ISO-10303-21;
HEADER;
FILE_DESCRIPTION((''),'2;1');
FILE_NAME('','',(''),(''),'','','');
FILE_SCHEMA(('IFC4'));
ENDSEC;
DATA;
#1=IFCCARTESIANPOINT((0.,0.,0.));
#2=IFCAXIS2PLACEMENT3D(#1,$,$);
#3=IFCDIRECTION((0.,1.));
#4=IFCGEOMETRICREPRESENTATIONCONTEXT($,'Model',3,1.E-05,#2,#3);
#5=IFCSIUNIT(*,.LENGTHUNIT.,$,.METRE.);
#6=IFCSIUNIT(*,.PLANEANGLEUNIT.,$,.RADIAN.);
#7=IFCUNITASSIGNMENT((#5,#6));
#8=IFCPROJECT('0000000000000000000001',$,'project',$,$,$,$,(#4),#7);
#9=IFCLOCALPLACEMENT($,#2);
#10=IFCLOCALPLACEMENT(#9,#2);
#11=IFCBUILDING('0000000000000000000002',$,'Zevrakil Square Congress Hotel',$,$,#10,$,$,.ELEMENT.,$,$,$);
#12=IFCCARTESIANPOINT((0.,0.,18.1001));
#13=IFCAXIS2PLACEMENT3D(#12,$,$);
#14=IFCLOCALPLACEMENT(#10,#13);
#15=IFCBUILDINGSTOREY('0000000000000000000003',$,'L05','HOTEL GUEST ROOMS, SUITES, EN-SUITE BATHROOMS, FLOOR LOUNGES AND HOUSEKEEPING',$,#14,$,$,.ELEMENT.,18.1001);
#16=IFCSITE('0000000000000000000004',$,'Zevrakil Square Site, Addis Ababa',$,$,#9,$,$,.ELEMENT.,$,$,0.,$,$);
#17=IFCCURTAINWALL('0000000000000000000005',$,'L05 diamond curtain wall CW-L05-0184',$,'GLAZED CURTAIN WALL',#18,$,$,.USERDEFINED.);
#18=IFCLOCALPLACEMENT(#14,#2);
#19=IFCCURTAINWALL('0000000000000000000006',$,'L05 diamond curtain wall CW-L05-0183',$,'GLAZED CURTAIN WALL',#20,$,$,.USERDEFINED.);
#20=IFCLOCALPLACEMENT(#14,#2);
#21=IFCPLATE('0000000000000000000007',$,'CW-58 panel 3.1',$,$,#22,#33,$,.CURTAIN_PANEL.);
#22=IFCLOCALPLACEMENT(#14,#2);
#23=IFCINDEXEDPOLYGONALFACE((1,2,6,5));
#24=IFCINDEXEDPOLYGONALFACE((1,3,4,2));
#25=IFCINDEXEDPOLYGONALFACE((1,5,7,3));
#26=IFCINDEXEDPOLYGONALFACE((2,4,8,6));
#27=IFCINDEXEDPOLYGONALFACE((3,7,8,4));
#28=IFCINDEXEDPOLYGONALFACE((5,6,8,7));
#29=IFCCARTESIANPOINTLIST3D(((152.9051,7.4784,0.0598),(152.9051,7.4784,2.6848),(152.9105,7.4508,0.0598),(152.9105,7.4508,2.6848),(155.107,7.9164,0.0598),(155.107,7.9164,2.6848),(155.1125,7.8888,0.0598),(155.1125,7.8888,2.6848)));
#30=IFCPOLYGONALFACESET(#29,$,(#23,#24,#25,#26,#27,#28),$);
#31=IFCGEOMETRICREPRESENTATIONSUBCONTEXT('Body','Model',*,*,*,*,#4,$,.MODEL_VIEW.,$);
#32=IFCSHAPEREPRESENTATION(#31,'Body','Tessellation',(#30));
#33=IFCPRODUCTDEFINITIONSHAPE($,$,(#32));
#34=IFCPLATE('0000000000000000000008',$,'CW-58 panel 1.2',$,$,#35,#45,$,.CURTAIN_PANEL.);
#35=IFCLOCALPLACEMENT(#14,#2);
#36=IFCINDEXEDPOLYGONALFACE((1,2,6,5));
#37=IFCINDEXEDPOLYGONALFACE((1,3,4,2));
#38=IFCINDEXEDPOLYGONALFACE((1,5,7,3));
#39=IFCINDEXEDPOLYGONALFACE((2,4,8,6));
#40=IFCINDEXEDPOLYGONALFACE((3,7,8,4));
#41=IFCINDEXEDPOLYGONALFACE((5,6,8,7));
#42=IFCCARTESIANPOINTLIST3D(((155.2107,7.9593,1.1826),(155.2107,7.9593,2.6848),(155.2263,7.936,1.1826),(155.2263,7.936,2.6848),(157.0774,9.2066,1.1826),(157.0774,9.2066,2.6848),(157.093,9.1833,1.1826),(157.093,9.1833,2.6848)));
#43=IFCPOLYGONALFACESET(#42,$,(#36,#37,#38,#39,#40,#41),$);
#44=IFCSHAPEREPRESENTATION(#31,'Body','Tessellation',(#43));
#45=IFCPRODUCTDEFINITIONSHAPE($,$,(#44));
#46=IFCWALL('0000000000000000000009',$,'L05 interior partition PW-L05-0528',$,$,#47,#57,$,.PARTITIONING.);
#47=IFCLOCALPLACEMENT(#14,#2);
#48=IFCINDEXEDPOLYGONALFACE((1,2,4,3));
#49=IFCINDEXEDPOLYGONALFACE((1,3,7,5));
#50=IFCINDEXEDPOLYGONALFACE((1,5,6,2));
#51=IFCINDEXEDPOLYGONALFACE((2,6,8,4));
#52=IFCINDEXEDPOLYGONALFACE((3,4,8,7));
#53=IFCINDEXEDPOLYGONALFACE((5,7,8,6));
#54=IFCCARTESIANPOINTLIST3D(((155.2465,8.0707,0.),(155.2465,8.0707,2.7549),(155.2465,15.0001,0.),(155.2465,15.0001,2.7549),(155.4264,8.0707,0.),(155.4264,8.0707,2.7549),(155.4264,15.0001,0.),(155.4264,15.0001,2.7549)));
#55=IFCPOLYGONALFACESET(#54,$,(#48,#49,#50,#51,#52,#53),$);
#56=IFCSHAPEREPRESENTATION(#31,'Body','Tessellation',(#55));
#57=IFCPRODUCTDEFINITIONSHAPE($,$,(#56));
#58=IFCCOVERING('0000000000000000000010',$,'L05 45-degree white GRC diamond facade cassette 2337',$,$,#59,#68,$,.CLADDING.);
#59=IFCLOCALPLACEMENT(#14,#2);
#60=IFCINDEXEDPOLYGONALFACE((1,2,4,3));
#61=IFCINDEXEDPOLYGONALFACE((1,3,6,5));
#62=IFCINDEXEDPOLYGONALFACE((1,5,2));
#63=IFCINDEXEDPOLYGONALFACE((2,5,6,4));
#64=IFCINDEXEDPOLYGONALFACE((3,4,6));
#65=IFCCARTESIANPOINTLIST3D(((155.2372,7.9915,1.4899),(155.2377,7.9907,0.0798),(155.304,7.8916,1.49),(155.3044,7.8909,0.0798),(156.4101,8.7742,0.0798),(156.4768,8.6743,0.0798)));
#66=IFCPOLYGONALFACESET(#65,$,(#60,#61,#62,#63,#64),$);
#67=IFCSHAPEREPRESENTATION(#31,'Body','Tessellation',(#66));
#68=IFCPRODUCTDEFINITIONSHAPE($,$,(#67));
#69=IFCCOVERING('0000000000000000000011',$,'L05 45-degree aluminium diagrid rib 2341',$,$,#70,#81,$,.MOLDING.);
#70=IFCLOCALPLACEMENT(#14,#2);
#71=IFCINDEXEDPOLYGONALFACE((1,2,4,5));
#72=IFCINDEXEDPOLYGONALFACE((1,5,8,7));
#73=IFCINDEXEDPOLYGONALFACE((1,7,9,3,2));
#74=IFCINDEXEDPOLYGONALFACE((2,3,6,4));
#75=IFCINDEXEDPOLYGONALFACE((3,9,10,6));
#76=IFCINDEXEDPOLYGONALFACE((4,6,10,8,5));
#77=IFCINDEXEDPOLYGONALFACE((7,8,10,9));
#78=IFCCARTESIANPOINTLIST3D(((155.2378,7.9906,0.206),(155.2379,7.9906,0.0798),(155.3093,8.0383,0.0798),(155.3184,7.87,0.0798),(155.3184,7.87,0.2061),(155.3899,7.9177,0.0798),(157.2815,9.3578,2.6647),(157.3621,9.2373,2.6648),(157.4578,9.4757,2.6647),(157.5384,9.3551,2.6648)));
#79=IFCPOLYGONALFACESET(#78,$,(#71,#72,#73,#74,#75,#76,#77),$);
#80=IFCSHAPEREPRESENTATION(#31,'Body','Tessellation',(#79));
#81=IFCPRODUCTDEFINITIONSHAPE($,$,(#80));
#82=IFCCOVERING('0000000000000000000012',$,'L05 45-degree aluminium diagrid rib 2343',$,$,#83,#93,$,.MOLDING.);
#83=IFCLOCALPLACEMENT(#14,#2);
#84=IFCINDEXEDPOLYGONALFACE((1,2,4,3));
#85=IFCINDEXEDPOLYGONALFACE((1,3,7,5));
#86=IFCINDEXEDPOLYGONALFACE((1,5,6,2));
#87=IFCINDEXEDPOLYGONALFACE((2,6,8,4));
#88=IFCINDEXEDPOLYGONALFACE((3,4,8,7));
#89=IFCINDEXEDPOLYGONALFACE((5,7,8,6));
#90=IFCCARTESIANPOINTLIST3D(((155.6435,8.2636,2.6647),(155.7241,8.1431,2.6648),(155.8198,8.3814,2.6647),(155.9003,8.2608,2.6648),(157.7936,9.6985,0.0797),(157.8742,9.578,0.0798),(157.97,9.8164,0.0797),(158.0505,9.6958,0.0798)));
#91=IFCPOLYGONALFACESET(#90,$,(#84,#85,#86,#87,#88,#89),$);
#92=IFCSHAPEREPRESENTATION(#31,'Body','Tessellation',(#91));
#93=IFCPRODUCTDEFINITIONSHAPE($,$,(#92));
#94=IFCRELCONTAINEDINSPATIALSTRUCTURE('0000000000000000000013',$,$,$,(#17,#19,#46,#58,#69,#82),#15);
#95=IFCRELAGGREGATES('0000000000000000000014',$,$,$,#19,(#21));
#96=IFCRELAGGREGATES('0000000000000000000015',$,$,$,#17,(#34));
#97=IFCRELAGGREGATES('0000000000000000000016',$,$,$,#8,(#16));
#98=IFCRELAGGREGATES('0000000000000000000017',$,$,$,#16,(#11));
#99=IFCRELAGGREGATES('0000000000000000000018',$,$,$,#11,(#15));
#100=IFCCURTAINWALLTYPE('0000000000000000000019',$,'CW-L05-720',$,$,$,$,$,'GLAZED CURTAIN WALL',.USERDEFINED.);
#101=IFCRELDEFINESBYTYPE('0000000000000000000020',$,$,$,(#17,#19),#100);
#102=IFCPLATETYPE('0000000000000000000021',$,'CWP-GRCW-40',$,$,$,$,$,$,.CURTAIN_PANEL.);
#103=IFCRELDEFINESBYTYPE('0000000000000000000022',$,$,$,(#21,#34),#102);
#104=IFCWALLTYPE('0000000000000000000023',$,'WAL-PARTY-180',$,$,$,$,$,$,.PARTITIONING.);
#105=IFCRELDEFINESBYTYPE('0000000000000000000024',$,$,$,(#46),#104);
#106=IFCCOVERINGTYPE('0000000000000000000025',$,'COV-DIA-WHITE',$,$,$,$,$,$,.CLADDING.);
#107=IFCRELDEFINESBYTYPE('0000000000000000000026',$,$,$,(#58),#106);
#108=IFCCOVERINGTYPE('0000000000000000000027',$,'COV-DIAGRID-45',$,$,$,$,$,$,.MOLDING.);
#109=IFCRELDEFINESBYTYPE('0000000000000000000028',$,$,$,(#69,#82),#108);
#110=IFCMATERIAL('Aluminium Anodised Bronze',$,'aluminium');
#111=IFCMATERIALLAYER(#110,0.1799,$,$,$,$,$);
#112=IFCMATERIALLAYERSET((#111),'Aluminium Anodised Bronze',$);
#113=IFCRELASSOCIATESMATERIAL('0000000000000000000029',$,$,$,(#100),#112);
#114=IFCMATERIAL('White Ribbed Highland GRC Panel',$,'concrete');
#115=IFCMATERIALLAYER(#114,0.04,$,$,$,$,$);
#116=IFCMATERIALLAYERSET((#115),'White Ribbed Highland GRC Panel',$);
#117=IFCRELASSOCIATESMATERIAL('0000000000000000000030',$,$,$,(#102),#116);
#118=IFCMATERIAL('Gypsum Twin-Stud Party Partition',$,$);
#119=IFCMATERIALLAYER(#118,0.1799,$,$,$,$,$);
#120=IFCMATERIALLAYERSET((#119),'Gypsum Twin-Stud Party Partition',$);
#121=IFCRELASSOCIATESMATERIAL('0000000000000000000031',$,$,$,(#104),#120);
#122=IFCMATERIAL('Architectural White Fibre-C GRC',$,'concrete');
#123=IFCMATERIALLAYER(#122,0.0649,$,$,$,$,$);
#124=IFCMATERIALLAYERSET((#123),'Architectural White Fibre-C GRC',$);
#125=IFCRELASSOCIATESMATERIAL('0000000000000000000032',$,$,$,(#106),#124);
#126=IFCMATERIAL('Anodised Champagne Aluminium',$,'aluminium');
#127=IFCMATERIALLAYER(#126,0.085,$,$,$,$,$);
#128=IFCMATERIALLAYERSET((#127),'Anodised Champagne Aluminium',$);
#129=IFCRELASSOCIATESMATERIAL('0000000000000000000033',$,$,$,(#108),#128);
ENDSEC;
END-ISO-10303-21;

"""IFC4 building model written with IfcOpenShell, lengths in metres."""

from ifc_helpers import new_model, si_unit, direction, frame, frame_2d, origin, origin_2d, place, context, subcontext, project, spatial, polyline, rectangle, outline, extrude, material, layer, layer_set, type_object, element, aggregate, save


model = new_model("IFC4")

# Units and contexts
model_context = context("Model", 3, precision=1e-05, world=origin(), true_north=direction((0.0, 1.0)))
body_context = subcontext(model_context, "Body", "Model", "MODEL_VIEW")
ifc_project = project(units=[si_unit("LENGTHUNIT", "METRE"), si_unit("PLANEANGLEUNIT", "RADIAN")], contexts=[model_context])

# Site, building, storey
site_placement = place(None, origin())
site = spatial("IfcSite", under=ifc_project, at=site_placement, Name="Zevrakil Square Site, Addis Ababa", CompositionType="ELEMENT", RefElevation=0.0)
building_placement = place(site_placement, origin())
building = spatial("IfcBuilding", under=site, at=building_placement, Name="Zevrakil Square Congress Hotel", CompositionType="ELEMENT")
storey_placement = place(building_placement, frame((0.0, 0.0, 18.1001)))
storey = spatial("IfcBuildingStorey", under=building, at=storey_placement, Name="L05", Description="HOTEL GUEST ROOMS, SUITES, EN-SUITE BATHROOMS, FLOOR LOUNGES AND HOUSEKEEPING", CompositionType="ELEMENT", Elevation=18.1001)

# Curtain wall
ifc_material_1 = material(Name="Aluminium Anodised Bronze", Category="aluminium")
ifc_layer_1 = layer(ifc_material_1, 0.1799)
ifc_layer_set_1 = layer_set([ifc_layer_1], Name="Aluminium Anodised Bronze")
curtain_wall_type = type_object("IfcCurtainWallType", Name="CW-L05-720", ElementType="GLAZED CURTAIN WALL", PredefinedType="USERDEFINED", material=ifc_layer_set_1)
curtain_wall_1_placement = place(storey_placement, origin())
curtain_wall_1 = element("IfcCurtainWall", 1, at=curtain_wall_1_placement, inside=storey, type_object=curtain_wall_type, Name="L05 diamond curtain wall CW-L05-0184", ObjectType="GLAZED CURTAIN WALL", PredefinedType="USERDEFINED")

# Curtain wall
curtain_wall_2_placement = place(storey_placement, origin())
curtain_wall_2 = element("IfcCurtainWall", 2, at=curtain_wall_2_placement, inside=storey, type_object=curtain_wall_type, Name="L05 diamond curtain wall CW-L05-0183", ObjectType="GLAZED CURTAIN WALL", PredefinedType="USERDEFINED")

# Plates
ifc_material_2 = material(Name="White Ribbed Highland GRC Panel", Category="concrete")
ifc_layer_2 = layer(ifc_material_2, 0.04)
ifc_layer_set_2 = layer_set([ifc_layer_2], Name="White Ribbed Highland GRC Panel")
plate_type_1 = type_object("IfcPlateType", Name="CWP-GRCW-40", PredefinedType="CURTAIN_PANEL", material=ifc_layer_set_2)
plate_1_placement = place(storey_placement, frame((154.0088, 7.6836, 0.0598), z_axis=(0.0, 0.0, 1.0), x_axis=(0.980787, 0.195084, 0.0)))
plate_1 = element("IfcPlate", 3, at=plate_1_placement, type_object=plate_type_1, Name="CW-58 panel 3.1", PredefinedType="CURTAIN_PANEL", context=body_context, shape_type="SweptSolid", body=[
    extrude(rectangle(XDim=2.2451, YDim=0.0281, at=origin_2d()), origin(), (0.0, 0.0, 1.0), 2.625),
])
aggregate(curtain_wall_2, [plate_1])
plate_2_placement = place(storey_placement, frame((156.1519, 8.5713, 1.1826), z_axis=(0.0, 0.0, 1.0), x_axis=(0.831466, 0.555576, 0.0)))
plate_2 = element("IfcPlate", 4, at=plate_2_placement, type_object=plate_type_1, Name="CW-58 panel 1.2", PredefinedType="CURTAIN_PANEL", context=body_context, shape_type="SweptSolid", body=[
    extrude(rectangle(XDim=2.2451, YDim=0.0281, at=origin_2d()), origin(), (0.0, 0.0, 1.0), 1.5022),
])
aggregate(curtain_wall_1, [plate_2])

# Wall
ifc_material_3 = material(Name="Gypsum Twin-Stud Party Partition")
ifc_layer_3 = layer(ifc_material_3, 0.1799)
ifc_layer_set_3 = layer_set([ifc_layer_3], Name="Gypsum Twin-Stud Party Partition")
wall_type = type_object("IfcWallType", Name="WAL-PARTY-180", PredefinedType="PARTITIONING", material=ifc_layer_set_3)
wall_placement = place(storey_placement, frame((155.3364, 8.0706, 0.0), z_axis=(0.0, 0.0, 1.0), x_axis=(0.0, 1.0, 0.0)))
element("IfcWall", 5, at=wall_placement, inside=storey, type_object=wall_type, Name="L05 interior partition PW-L05-0528", PredefinedType="PARTITIONING", context=body_context, shape_type="SweptSolid", body=[
    extrude(rectangle(XDim=6.9294, YDim=0.1799, at=frame_2d((3.4648, 0.0))), origin(), (0.0, 0.0, 1.0), 2.7549),
])

# Coverings
ifc_material_4 = material(Name="Architectural White Fibre-C GRC", Category="concrete")
ifc_layer_4 = layer(ifc_material_4, 0.0649)
ifc_layer_set_4 = layer_set([ifc_layer_4], Name="Architectural White Fibre-C GRC")
covering_type_1 = type_object("IfcCoveringType", Name="COV-DIA-WHITE", PredefinedType="CLADDING", material=ifc_layer_set_4)
covering_1_placement = place(storey_placement, frame((156.4768, 8.6743, 0.0798), z_axis=(0.555619, -0.831437, 0.000624), x_axis=(-0.831437, -0.555619, 0.0)))
element("IfcCovering", 6, at=covering_1_placement, inside=storey, type_object=covering_type_1, Name="L05 45-degree white GRC diamond facade cassette 2337", PredefinedType="CLADDING", context=body_context, shape_type="SweptSolid", body=[
    extrude(outline(polyline([(0.0, 0.0), (1.41, 0.0), (1.41, -1.4102), (0.0, 0.0)])), origin(), (0.0, 0.0, -1.0), 0.1201),
])
ifc_material_5 = material(Name="Anodised Champagne Aluminium", Category="aluminium")
ifc_layer_5 = layer(ifc_material_5, 0.085)
ifc_layer_set_5 = layer_set([ifc_layer_5], Name="Anodised Champagne Aluminium")
covering_type_2 = type_object("IfcCoveringType", Name="COV-DIAGRID-45", PredefinedType="MOLDING", material=ifc_layer_set_5)
covering_2_placement = place(storey_placement, frame((155.3899, 7.9177, 0.0798), z_axis=(0.555621, -0.831436, 0.000507), x_axis=(-0.831436, -0.555621, 0.000001)))
element("IfcCovering", 7, at=covering_2_placement, inside=storey, type_object=covering_type_2, Name="L05 45-degree aluminium diagrid rib 2341", PredefinedType="MOLDING", context=body_context, shape_type="SweptSolid", body=[
    extrude(outline(polyline([(0.0, 0.0), (0.0859, 0.0), (0.0859, -0.1262), (-2.3729, -2.585), (-2.585, -2.585), (0.0, 0.0)])), origin(), (0.0, 0.0, -1.0), 0.145),
])
covering_3_placement = place(storey_placement, frame((155.7241, 8.1431, 2.6648), z_axis=(0.55563, -0.83143, 0.000633), x_axis=(0.83143, 0.55563, 0.0)))
element("IfcCovering", 8, at=covering_3_placement, inside=storey, type_object=covering_type_2, Name="L05 45-degree aluminium diagrid rib 2343", PredefinedType="MOLDING", context=body_context, shape_type="SweptSolid", body=[
    extrude(outline(polyline([(0.0, 0.0), (0.2119, 0.0), (2.797, -2.585), (2.5849, -2.585), (0.0, 0.0)])), origin(), (0.0, 0.0, -1.0), 0.145),
])

save(model, "model.ifc")
